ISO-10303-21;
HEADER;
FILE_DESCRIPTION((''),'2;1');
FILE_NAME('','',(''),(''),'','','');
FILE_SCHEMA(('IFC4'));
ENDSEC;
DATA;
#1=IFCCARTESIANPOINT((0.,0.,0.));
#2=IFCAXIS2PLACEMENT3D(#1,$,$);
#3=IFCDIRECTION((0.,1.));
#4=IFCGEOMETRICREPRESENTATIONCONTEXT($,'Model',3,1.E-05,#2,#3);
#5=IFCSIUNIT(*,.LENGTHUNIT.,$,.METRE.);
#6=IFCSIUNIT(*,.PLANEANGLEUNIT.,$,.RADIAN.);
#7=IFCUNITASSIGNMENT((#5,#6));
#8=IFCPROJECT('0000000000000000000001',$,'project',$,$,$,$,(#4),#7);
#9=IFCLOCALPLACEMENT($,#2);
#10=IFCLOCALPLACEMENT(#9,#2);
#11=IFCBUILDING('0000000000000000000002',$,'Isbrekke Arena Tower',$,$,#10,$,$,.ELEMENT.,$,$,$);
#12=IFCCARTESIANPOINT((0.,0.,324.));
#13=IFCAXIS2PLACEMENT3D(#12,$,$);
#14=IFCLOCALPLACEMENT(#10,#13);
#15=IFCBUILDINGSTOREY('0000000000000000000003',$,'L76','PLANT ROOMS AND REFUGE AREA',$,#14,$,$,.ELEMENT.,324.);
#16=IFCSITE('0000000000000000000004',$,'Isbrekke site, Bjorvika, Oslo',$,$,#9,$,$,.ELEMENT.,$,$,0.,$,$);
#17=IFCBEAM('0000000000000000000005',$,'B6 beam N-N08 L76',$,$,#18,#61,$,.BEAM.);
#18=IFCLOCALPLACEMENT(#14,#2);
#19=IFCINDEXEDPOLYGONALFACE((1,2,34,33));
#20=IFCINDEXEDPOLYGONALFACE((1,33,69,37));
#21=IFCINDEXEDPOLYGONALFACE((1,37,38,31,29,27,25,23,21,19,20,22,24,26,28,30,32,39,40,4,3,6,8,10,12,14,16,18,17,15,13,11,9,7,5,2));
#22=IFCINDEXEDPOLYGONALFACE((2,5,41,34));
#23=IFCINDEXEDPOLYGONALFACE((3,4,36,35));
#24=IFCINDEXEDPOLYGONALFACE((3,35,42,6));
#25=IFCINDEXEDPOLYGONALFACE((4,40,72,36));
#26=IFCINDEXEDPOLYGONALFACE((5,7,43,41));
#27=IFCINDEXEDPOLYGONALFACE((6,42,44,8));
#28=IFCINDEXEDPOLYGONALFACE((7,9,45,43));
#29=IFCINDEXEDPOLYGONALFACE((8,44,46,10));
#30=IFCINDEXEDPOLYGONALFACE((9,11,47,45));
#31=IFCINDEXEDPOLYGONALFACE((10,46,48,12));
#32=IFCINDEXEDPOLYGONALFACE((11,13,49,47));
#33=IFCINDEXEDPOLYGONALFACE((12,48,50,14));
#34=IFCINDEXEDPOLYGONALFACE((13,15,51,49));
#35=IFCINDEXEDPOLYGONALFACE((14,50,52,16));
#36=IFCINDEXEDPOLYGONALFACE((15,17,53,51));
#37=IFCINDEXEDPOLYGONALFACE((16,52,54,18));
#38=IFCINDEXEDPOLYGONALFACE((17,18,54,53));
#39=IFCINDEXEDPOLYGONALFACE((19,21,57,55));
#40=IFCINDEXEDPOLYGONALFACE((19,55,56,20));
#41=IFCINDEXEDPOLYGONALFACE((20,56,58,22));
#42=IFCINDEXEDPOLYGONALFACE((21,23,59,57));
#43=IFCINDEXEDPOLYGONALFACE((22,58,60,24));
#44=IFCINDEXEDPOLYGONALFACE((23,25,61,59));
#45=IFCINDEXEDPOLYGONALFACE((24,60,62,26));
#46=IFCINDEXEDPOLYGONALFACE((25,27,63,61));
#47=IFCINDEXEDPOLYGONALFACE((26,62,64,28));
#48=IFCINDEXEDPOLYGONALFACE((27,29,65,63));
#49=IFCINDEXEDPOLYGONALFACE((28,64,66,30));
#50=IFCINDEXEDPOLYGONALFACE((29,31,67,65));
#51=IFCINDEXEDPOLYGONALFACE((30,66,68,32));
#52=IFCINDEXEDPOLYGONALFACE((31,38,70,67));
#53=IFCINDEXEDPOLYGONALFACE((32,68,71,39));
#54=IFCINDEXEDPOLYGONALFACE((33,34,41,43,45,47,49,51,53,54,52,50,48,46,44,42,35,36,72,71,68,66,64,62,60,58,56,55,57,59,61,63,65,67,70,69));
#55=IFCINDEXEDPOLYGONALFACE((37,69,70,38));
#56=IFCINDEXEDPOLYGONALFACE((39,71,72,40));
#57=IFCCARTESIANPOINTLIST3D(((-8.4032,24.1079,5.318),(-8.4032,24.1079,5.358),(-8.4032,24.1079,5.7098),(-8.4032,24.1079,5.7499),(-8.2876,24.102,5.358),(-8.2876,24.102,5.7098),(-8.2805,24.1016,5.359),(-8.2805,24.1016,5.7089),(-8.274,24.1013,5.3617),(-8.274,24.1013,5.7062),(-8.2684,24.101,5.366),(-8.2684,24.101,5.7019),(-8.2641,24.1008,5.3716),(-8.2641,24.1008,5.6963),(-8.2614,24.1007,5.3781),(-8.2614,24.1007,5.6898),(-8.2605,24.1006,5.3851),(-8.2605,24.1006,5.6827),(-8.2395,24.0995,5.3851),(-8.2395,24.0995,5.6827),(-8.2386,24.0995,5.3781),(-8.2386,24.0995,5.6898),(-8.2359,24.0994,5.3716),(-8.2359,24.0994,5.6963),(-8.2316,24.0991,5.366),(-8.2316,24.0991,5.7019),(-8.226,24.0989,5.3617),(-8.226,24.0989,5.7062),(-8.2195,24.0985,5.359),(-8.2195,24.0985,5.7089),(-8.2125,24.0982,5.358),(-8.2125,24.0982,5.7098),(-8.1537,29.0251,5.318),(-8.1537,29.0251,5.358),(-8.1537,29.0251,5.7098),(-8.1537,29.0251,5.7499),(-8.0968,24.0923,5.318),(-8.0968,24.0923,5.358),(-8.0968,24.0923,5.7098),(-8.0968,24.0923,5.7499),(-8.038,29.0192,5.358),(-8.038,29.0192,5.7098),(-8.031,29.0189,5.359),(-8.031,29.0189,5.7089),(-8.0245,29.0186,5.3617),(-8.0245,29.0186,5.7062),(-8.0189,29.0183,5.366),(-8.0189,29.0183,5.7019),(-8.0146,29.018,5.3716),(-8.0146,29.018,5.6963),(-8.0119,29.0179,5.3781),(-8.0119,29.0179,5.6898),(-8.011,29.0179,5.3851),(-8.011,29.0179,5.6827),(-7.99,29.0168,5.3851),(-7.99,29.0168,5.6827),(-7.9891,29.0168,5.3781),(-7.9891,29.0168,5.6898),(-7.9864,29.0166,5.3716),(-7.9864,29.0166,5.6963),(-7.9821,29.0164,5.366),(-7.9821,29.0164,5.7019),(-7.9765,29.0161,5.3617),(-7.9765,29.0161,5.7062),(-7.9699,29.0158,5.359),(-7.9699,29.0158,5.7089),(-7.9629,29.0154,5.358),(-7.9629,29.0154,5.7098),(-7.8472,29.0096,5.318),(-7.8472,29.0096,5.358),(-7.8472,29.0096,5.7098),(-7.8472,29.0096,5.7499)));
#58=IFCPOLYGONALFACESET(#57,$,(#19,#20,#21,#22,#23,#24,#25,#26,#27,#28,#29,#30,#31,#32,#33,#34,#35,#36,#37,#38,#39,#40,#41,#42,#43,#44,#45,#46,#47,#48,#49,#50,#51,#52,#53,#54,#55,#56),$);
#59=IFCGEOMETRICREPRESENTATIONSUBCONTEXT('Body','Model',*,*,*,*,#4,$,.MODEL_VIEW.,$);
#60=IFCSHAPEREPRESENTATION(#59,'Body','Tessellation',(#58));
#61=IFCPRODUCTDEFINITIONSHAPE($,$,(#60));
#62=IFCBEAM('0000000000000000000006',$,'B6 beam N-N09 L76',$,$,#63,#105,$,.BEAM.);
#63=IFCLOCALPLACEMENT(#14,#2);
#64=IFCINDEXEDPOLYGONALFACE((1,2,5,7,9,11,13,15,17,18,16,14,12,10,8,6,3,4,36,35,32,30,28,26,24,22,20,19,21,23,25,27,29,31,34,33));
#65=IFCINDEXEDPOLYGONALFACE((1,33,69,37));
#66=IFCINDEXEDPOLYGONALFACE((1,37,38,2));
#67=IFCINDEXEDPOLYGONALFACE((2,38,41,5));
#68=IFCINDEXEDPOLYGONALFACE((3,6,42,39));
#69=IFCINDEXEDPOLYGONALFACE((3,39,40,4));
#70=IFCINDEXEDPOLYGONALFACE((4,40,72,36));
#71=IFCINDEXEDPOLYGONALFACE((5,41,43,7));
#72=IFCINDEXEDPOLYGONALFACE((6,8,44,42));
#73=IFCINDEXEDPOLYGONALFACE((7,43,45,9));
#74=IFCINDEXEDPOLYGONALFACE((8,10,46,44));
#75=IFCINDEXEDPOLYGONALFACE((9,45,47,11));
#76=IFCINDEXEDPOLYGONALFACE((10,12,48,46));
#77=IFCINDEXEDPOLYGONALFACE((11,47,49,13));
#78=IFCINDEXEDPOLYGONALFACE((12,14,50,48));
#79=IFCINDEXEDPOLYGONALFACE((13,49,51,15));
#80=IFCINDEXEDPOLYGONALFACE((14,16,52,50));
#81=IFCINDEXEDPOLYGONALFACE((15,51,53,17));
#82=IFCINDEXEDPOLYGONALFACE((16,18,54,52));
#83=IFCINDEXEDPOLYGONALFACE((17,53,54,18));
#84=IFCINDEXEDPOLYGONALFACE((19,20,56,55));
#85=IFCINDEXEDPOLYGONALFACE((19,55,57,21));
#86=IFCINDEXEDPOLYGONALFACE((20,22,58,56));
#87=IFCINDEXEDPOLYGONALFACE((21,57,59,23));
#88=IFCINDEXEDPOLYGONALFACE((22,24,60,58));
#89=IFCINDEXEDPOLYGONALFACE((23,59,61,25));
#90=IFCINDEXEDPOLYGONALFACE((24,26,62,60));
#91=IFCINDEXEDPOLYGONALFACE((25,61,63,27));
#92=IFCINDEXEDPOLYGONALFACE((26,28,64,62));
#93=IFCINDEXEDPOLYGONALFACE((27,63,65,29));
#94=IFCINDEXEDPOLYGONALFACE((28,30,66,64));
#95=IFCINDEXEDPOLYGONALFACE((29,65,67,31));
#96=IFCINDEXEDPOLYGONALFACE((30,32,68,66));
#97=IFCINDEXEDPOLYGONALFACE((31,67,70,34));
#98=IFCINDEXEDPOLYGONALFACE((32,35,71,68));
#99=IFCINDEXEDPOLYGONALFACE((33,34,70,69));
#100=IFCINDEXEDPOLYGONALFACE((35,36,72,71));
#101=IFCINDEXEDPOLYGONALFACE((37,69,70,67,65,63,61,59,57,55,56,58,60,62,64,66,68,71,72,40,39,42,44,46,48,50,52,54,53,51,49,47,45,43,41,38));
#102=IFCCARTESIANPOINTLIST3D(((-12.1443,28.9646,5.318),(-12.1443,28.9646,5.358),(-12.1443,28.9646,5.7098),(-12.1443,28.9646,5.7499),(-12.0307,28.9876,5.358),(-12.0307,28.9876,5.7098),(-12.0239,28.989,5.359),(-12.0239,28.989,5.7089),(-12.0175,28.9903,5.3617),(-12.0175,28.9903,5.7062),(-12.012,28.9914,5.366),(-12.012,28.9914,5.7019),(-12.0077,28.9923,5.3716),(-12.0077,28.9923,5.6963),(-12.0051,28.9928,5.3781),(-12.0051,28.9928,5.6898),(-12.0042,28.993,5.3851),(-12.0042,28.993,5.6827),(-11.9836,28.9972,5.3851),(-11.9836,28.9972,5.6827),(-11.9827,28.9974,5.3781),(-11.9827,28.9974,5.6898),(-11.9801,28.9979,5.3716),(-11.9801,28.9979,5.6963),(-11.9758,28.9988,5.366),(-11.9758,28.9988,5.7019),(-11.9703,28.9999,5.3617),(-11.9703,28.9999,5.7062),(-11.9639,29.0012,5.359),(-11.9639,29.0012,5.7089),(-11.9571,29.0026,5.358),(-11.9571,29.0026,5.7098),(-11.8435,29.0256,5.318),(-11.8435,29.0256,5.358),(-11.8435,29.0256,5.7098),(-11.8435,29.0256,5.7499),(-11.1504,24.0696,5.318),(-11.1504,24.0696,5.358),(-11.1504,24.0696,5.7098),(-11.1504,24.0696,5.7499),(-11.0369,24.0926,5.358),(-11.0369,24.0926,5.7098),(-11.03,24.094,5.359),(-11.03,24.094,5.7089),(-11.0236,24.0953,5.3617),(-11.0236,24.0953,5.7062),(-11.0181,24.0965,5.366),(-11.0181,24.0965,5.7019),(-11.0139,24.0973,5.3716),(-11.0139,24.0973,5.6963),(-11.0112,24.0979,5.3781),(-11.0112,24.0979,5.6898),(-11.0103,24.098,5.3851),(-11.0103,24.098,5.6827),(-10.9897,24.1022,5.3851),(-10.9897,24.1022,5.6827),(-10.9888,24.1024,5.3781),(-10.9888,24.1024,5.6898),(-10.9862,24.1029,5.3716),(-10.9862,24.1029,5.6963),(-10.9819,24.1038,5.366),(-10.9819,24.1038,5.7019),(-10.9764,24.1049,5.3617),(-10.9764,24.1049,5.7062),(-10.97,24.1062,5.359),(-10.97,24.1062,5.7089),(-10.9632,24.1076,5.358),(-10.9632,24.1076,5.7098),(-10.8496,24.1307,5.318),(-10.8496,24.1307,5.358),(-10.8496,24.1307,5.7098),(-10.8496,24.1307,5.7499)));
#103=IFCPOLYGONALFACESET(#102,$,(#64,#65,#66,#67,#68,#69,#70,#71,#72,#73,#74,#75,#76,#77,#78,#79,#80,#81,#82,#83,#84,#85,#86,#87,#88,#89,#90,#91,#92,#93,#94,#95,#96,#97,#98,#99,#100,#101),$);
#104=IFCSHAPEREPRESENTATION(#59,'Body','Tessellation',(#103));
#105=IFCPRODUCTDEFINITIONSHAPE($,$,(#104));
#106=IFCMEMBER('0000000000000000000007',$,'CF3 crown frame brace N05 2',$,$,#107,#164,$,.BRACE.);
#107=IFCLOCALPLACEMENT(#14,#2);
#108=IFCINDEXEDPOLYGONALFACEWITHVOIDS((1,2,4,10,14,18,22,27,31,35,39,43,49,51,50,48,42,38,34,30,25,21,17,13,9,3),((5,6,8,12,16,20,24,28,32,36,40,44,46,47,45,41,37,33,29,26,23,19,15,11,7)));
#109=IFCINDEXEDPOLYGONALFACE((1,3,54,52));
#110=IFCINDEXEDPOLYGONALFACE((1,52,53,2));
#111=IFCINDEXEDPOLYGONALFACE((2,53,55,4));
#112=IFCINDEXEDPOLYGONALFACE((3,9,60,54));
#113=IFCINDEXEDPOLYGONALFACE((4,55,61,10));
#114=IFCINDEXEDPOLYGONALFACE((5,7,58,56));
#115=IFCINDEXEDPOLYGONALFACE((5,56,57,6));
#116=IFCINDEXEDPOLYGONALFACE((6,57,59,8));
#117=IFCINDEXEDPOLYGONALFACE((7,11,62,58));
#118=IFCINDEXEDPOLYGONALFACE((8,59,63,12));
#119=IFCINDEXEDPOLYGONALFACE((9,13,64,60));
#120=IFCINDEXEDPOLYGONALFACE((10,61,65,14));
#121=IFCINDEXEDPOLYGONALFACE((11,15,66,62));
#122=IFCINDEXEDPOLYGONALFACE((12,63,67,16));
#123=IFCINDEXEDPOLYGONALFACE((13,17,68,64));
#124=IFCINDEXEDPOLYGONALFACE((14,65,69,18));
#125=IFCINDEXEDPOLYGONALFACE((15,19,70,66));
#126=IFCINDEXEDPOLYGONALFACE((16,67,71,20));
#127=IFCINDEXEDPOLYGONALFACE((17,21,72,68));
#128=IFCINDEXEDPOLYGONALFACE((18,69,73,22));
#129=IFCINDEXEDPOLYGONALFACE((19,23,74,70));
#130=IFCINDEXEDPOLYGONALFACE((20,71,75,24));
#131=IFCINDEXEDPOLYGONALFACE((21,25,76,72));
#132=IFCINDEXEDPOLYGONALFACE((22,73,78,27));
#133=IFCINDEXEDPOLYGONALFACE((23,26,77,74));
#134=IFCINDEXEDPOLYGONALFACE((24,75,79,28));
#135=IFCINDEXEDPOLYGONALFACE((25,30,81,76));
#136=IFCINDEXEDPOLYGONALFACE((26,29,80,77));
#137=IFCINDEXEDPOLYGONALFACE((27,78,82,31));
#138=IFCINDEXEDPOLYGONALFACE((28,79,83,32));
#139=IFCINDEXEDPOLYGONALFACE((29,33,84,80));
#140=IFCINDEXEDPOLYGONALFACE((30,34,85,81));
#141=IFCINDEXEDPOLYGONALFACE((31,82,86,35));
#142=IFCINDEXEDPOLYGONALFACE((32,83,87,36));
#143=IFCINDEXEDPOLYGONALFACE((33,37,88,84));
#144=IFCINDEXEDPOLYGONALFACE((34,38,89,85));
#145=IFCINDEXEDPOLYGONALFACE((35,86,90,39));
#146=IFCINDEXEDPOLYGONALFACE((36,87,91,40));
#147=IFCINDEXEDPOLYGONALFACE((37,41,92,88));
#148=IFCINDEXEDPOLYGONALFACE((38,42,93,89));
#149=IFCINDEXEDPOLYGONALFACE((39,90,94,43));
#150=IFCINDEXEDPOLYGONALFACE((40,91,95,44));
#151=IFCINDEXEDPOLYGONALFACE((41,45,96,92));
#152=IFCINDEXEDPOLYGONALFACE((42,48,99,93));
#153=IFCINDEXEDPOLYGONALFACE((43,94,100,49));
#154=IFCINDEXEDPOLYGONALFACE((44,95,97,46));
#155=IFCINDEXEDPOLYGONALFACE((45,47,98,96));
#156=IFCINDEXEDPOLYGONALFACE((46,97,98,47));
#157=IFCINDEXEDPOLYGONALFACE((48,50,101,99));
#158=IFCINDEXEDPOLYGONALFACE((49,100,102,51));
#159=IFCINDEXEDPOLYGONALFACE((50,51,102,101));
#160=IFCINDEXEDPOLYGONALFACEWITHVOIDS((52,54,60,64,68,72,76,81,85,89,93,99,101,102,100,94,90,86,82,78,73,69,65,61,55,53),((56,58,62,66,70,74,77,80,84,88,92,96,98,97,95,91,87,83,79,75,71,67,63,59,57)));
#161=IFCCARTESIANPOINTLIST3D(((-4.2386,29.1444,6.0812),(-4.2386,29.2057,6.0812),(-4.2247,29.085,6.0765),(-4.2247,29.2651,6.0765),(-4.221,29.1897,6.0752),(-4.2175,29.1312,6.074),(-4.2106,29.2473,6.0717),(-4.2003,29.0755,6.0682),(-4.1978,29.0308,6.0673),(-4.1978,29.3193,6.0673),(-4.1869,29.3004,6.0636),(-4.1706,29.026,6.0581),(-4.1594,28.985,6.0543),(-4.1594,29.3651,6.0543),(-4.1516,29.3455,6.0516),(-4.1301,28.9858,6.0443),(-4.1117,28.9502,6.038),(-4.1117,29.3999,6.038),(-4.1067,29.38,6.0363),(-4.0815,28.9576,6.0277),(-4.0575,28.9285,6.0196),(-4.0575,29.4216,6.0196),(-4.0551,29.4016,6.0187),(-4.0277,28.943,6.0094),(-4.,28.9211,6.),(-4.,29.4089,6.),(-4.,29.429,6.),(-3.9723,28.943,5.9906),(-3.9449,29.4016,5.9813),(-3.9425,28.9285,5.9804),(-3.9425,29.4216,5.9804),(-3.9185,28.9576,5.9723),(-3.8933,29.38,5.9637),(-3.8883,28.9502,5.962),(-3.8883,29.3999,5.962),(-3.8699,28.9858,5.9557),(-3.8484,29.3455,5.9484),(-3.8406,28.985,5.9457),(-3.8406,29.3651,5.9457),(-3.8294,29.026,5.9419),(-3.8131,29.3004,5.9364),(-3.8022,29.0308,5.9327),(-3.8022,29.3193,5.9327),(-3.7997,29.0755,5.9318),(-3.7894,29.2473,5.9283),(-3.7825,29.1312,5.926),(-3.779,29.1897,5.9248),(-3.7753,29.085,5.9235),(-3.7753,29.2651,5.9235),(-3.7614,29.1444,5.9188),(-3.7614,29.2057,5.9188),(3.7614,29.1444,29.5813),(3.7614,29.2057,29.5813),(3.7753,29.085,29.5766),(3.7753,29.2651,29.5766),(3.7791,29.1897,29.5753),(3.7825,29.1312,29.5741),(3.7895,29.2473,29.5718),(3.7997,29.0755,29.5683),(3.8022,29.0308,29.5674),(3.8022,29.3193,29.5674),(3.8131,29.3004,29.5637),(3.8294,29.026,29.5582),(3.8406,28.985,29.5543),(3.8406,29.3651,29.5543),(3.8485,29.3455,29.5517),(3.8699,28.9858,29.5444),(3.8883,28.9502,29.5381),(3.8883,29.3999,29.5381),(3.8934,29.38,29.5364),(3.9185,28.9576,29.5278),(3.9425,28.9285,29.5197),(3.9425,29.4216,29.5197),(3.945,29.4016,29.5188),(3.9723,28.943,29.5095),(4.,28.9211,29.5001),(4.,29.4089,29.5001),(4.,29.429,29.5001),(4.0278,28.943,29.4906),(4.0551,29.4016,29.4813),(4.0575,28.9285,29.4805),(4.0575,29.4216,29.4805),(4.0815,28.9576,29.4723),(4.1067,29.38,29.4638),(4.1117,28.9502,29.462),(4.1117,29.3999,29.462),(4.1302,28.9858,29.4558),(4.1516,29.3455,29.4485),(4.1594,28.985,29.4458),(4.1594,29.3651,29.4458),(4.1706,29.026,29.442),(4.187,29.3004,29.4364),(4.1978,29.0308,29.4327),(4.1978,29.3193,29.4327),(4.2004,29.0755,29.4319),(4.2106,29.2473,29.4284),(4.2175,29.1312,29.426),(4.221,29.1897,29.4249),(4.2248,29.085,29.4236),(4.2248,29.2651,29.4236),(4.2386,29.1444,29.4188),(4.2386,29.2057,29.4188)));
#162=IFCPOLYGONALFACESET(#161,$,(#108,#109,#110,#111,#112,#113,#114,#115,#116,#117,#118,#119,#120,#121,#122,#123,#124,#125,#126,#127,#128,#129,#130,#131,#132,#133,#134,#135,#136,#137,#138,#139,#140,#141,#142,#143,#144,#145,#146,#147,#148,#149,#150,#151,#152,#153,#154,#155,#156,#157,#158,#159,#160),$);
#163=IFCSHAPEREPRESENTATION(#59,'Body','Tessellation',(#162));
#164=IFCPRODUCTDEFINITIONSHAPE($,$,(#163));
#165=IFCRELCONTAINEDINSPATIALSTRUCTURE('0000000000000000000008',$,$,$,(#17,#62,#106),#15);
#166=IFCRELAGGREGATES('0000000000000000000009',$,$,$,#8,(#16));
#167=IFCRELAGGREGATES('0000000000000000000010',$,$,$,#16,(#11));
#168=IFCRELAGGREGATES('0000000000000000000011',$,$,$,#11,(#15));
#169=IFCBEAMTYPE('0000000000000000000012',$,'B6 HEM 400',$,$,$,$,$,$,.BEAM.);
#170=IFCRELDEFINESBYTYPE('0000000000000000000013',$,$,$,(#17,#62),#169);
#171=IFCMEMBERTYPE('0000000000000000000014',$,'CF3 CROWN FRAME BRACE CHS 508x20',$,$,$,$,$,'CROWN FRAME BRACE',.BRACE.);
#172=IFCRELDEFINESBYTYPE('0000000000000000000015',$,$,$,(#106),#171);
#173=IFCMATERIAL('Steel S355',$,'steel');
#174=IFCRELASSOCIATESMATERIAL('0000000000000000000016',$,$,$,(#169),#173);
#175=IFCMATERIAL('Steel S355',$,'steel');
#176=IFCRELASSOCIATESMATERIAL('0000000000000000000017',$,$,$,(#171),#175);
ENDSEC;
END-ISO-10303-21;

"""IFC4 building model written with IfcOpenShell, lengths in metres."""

from ifc_helpers import new_model, si_unit, direction, frame, origin, origin_2d, place, context, subcontext, project, spatial, hollow_circle, i_section, extrude, material, material_profile, profile_set, type_object, element, save


model = new_model("IFC4")

# Units and contexts
model_context = context("Model", 3, precision=1e-05, world=origin(), true_north=direction((0.0, 1.0)))
body_context = subcontext(model_context, "Body", "Model", "MODEL_VIEW")
ifc_project = project(units=[si_unit("LENGTHUNIT", "METRE"), si_unit("PLANEANGLEUNIT", "RADIAN")], contexts=[model_context])

# Site, building, storey
site_placement = place(None, origin())
site = spatial("IfcSite", under=ifc_project, at=site_placement, Name="Isbrekke site, Bjorvika, Oslo", CompositionType="ELEMENT", RefElevation=0.0)
building_placement = place(site_placement, origin())
building = spatial("IfcBuilding", under=site, at=building_placement, Name="Isbrekke Arena Tower", CompositionType="ELEMENT")
storey_placement = place(building_placement, frame((0.0, 0.0, 324.0)))
storey = spatial("IfcBuildingStorey", under=building, at=storey_placement, Name="L76", Description="PLANT ROOMS AND REFUGE AREA", CompositionType="ELEMENT", Elevation=324.0)

# Beams
ifc_material_1 = material(Name="Steel S355", Category="steel")
ifc_material_profile_1 = material_profile(ifc_material_1, i_section(OverallWidth=0.3069, OverallDepth=0.4319, WebThickness=0.021, FlangeThickness=0.04, FilletRadius=0.0271, at=origin_2d()), Name="HEM 400")
ifc_profile_set_1 = profile_set([ifc_material_profile_1], Name="Steel S355")
beam_type_1 = type_object("IfcBeamType", Name="B6 HEM 400", PredefinedType="BEAM", material=ifc_profile_set_1)
beam_1_placement = place(storey_placement, frame((-8.0005, 29.0173, 5.5339), z_axis=(-0.050677, -0.998715, 0.0), x_axis=(0.998715, -0.050677, 0.0)))
element("IfcBeam", 1, at=beam_1_placement, inside=storey, type_object=beam_type_1, Name="B6 beam N-N08 L76", PredefinedType="BEAM", context=body_context, shape_type="SweptSolid", body=[
    extrude(i_section(OverallWidth=0.3069, OverallDepth=0.4319, WebThickness=0.021, FlangeThickness=0.04, FilletRadius=0.0271, at=origin_2d()), origin(), (0.0, 0.0, 1.0), 4.9236),
])
beam_2_placement = place(storey_placement, frame((-11.9939, 28.9951, 5.5339), z_axis=(0.198982, -0.980003, 0.0), x_axis=(0.980003, 0.198982, 0.0)))
element("IfcBeam", 2, at=beam_2_placement, inside=storey, type_object=beam_type_1, Name="B6 beam N-N09 L76", PredefinedType="BEAM", context=body_context, shape_type="SweptSolid", body=[
    extrude(i_section(OverallWidth=0.3069, OverallDepth=0.4319, WebThickness=0.021, FlangeThickness=0.04, FilletRadius=0.0271, at=origin_2d()), origin(), (0.0, 0.0, 1.0), 4.9949),
])

# Member
ifc_material_2 = material(Name="Steel S355", Category="steel")
ifc_material_profile_2 = material_profile(ifc_material_2, hollow_circle(Radius=0.2539, WallThickness=0.02, at=origin_2d()), Name="CHS 508x20")
ifc_profile_set_2 = profile_set([ifc_material_profile_2], Name="Steel S355")
member_type_1 = type_object("IfcMemberType", Name="CF3 CROWN FRAME BRACE CHS 508x20", ElementType="CROWN FRAME BRACE", PredefinedType="BRACE", material=ifc_profile_set_2)
for number, where, z_axis, x_axis, name in (
    (3, (-4.0, 29.175, 6.0), (0.322264, 0.0, 0.94665), (0.0, 1.0, 0.0), "CF3 crown frame brace N05 2"),
):
    element("IfcMember", number, at=place(storey_placement, frame(where, z_axis=z_axis, x_axis=x_axis)), inside=storey, type_object=member_type_1, Name=name, PredefinedType="BRACE", context=body_context, shape_type="SweptSolid", body=[
        extrude(hollow_circle(Radius=0.2539, WallThickness=0.02, at=origin_2d()), origin(), (0.0, 0.0, 1.0), 24.8245),
    ])

save(model, "model.ifc")
